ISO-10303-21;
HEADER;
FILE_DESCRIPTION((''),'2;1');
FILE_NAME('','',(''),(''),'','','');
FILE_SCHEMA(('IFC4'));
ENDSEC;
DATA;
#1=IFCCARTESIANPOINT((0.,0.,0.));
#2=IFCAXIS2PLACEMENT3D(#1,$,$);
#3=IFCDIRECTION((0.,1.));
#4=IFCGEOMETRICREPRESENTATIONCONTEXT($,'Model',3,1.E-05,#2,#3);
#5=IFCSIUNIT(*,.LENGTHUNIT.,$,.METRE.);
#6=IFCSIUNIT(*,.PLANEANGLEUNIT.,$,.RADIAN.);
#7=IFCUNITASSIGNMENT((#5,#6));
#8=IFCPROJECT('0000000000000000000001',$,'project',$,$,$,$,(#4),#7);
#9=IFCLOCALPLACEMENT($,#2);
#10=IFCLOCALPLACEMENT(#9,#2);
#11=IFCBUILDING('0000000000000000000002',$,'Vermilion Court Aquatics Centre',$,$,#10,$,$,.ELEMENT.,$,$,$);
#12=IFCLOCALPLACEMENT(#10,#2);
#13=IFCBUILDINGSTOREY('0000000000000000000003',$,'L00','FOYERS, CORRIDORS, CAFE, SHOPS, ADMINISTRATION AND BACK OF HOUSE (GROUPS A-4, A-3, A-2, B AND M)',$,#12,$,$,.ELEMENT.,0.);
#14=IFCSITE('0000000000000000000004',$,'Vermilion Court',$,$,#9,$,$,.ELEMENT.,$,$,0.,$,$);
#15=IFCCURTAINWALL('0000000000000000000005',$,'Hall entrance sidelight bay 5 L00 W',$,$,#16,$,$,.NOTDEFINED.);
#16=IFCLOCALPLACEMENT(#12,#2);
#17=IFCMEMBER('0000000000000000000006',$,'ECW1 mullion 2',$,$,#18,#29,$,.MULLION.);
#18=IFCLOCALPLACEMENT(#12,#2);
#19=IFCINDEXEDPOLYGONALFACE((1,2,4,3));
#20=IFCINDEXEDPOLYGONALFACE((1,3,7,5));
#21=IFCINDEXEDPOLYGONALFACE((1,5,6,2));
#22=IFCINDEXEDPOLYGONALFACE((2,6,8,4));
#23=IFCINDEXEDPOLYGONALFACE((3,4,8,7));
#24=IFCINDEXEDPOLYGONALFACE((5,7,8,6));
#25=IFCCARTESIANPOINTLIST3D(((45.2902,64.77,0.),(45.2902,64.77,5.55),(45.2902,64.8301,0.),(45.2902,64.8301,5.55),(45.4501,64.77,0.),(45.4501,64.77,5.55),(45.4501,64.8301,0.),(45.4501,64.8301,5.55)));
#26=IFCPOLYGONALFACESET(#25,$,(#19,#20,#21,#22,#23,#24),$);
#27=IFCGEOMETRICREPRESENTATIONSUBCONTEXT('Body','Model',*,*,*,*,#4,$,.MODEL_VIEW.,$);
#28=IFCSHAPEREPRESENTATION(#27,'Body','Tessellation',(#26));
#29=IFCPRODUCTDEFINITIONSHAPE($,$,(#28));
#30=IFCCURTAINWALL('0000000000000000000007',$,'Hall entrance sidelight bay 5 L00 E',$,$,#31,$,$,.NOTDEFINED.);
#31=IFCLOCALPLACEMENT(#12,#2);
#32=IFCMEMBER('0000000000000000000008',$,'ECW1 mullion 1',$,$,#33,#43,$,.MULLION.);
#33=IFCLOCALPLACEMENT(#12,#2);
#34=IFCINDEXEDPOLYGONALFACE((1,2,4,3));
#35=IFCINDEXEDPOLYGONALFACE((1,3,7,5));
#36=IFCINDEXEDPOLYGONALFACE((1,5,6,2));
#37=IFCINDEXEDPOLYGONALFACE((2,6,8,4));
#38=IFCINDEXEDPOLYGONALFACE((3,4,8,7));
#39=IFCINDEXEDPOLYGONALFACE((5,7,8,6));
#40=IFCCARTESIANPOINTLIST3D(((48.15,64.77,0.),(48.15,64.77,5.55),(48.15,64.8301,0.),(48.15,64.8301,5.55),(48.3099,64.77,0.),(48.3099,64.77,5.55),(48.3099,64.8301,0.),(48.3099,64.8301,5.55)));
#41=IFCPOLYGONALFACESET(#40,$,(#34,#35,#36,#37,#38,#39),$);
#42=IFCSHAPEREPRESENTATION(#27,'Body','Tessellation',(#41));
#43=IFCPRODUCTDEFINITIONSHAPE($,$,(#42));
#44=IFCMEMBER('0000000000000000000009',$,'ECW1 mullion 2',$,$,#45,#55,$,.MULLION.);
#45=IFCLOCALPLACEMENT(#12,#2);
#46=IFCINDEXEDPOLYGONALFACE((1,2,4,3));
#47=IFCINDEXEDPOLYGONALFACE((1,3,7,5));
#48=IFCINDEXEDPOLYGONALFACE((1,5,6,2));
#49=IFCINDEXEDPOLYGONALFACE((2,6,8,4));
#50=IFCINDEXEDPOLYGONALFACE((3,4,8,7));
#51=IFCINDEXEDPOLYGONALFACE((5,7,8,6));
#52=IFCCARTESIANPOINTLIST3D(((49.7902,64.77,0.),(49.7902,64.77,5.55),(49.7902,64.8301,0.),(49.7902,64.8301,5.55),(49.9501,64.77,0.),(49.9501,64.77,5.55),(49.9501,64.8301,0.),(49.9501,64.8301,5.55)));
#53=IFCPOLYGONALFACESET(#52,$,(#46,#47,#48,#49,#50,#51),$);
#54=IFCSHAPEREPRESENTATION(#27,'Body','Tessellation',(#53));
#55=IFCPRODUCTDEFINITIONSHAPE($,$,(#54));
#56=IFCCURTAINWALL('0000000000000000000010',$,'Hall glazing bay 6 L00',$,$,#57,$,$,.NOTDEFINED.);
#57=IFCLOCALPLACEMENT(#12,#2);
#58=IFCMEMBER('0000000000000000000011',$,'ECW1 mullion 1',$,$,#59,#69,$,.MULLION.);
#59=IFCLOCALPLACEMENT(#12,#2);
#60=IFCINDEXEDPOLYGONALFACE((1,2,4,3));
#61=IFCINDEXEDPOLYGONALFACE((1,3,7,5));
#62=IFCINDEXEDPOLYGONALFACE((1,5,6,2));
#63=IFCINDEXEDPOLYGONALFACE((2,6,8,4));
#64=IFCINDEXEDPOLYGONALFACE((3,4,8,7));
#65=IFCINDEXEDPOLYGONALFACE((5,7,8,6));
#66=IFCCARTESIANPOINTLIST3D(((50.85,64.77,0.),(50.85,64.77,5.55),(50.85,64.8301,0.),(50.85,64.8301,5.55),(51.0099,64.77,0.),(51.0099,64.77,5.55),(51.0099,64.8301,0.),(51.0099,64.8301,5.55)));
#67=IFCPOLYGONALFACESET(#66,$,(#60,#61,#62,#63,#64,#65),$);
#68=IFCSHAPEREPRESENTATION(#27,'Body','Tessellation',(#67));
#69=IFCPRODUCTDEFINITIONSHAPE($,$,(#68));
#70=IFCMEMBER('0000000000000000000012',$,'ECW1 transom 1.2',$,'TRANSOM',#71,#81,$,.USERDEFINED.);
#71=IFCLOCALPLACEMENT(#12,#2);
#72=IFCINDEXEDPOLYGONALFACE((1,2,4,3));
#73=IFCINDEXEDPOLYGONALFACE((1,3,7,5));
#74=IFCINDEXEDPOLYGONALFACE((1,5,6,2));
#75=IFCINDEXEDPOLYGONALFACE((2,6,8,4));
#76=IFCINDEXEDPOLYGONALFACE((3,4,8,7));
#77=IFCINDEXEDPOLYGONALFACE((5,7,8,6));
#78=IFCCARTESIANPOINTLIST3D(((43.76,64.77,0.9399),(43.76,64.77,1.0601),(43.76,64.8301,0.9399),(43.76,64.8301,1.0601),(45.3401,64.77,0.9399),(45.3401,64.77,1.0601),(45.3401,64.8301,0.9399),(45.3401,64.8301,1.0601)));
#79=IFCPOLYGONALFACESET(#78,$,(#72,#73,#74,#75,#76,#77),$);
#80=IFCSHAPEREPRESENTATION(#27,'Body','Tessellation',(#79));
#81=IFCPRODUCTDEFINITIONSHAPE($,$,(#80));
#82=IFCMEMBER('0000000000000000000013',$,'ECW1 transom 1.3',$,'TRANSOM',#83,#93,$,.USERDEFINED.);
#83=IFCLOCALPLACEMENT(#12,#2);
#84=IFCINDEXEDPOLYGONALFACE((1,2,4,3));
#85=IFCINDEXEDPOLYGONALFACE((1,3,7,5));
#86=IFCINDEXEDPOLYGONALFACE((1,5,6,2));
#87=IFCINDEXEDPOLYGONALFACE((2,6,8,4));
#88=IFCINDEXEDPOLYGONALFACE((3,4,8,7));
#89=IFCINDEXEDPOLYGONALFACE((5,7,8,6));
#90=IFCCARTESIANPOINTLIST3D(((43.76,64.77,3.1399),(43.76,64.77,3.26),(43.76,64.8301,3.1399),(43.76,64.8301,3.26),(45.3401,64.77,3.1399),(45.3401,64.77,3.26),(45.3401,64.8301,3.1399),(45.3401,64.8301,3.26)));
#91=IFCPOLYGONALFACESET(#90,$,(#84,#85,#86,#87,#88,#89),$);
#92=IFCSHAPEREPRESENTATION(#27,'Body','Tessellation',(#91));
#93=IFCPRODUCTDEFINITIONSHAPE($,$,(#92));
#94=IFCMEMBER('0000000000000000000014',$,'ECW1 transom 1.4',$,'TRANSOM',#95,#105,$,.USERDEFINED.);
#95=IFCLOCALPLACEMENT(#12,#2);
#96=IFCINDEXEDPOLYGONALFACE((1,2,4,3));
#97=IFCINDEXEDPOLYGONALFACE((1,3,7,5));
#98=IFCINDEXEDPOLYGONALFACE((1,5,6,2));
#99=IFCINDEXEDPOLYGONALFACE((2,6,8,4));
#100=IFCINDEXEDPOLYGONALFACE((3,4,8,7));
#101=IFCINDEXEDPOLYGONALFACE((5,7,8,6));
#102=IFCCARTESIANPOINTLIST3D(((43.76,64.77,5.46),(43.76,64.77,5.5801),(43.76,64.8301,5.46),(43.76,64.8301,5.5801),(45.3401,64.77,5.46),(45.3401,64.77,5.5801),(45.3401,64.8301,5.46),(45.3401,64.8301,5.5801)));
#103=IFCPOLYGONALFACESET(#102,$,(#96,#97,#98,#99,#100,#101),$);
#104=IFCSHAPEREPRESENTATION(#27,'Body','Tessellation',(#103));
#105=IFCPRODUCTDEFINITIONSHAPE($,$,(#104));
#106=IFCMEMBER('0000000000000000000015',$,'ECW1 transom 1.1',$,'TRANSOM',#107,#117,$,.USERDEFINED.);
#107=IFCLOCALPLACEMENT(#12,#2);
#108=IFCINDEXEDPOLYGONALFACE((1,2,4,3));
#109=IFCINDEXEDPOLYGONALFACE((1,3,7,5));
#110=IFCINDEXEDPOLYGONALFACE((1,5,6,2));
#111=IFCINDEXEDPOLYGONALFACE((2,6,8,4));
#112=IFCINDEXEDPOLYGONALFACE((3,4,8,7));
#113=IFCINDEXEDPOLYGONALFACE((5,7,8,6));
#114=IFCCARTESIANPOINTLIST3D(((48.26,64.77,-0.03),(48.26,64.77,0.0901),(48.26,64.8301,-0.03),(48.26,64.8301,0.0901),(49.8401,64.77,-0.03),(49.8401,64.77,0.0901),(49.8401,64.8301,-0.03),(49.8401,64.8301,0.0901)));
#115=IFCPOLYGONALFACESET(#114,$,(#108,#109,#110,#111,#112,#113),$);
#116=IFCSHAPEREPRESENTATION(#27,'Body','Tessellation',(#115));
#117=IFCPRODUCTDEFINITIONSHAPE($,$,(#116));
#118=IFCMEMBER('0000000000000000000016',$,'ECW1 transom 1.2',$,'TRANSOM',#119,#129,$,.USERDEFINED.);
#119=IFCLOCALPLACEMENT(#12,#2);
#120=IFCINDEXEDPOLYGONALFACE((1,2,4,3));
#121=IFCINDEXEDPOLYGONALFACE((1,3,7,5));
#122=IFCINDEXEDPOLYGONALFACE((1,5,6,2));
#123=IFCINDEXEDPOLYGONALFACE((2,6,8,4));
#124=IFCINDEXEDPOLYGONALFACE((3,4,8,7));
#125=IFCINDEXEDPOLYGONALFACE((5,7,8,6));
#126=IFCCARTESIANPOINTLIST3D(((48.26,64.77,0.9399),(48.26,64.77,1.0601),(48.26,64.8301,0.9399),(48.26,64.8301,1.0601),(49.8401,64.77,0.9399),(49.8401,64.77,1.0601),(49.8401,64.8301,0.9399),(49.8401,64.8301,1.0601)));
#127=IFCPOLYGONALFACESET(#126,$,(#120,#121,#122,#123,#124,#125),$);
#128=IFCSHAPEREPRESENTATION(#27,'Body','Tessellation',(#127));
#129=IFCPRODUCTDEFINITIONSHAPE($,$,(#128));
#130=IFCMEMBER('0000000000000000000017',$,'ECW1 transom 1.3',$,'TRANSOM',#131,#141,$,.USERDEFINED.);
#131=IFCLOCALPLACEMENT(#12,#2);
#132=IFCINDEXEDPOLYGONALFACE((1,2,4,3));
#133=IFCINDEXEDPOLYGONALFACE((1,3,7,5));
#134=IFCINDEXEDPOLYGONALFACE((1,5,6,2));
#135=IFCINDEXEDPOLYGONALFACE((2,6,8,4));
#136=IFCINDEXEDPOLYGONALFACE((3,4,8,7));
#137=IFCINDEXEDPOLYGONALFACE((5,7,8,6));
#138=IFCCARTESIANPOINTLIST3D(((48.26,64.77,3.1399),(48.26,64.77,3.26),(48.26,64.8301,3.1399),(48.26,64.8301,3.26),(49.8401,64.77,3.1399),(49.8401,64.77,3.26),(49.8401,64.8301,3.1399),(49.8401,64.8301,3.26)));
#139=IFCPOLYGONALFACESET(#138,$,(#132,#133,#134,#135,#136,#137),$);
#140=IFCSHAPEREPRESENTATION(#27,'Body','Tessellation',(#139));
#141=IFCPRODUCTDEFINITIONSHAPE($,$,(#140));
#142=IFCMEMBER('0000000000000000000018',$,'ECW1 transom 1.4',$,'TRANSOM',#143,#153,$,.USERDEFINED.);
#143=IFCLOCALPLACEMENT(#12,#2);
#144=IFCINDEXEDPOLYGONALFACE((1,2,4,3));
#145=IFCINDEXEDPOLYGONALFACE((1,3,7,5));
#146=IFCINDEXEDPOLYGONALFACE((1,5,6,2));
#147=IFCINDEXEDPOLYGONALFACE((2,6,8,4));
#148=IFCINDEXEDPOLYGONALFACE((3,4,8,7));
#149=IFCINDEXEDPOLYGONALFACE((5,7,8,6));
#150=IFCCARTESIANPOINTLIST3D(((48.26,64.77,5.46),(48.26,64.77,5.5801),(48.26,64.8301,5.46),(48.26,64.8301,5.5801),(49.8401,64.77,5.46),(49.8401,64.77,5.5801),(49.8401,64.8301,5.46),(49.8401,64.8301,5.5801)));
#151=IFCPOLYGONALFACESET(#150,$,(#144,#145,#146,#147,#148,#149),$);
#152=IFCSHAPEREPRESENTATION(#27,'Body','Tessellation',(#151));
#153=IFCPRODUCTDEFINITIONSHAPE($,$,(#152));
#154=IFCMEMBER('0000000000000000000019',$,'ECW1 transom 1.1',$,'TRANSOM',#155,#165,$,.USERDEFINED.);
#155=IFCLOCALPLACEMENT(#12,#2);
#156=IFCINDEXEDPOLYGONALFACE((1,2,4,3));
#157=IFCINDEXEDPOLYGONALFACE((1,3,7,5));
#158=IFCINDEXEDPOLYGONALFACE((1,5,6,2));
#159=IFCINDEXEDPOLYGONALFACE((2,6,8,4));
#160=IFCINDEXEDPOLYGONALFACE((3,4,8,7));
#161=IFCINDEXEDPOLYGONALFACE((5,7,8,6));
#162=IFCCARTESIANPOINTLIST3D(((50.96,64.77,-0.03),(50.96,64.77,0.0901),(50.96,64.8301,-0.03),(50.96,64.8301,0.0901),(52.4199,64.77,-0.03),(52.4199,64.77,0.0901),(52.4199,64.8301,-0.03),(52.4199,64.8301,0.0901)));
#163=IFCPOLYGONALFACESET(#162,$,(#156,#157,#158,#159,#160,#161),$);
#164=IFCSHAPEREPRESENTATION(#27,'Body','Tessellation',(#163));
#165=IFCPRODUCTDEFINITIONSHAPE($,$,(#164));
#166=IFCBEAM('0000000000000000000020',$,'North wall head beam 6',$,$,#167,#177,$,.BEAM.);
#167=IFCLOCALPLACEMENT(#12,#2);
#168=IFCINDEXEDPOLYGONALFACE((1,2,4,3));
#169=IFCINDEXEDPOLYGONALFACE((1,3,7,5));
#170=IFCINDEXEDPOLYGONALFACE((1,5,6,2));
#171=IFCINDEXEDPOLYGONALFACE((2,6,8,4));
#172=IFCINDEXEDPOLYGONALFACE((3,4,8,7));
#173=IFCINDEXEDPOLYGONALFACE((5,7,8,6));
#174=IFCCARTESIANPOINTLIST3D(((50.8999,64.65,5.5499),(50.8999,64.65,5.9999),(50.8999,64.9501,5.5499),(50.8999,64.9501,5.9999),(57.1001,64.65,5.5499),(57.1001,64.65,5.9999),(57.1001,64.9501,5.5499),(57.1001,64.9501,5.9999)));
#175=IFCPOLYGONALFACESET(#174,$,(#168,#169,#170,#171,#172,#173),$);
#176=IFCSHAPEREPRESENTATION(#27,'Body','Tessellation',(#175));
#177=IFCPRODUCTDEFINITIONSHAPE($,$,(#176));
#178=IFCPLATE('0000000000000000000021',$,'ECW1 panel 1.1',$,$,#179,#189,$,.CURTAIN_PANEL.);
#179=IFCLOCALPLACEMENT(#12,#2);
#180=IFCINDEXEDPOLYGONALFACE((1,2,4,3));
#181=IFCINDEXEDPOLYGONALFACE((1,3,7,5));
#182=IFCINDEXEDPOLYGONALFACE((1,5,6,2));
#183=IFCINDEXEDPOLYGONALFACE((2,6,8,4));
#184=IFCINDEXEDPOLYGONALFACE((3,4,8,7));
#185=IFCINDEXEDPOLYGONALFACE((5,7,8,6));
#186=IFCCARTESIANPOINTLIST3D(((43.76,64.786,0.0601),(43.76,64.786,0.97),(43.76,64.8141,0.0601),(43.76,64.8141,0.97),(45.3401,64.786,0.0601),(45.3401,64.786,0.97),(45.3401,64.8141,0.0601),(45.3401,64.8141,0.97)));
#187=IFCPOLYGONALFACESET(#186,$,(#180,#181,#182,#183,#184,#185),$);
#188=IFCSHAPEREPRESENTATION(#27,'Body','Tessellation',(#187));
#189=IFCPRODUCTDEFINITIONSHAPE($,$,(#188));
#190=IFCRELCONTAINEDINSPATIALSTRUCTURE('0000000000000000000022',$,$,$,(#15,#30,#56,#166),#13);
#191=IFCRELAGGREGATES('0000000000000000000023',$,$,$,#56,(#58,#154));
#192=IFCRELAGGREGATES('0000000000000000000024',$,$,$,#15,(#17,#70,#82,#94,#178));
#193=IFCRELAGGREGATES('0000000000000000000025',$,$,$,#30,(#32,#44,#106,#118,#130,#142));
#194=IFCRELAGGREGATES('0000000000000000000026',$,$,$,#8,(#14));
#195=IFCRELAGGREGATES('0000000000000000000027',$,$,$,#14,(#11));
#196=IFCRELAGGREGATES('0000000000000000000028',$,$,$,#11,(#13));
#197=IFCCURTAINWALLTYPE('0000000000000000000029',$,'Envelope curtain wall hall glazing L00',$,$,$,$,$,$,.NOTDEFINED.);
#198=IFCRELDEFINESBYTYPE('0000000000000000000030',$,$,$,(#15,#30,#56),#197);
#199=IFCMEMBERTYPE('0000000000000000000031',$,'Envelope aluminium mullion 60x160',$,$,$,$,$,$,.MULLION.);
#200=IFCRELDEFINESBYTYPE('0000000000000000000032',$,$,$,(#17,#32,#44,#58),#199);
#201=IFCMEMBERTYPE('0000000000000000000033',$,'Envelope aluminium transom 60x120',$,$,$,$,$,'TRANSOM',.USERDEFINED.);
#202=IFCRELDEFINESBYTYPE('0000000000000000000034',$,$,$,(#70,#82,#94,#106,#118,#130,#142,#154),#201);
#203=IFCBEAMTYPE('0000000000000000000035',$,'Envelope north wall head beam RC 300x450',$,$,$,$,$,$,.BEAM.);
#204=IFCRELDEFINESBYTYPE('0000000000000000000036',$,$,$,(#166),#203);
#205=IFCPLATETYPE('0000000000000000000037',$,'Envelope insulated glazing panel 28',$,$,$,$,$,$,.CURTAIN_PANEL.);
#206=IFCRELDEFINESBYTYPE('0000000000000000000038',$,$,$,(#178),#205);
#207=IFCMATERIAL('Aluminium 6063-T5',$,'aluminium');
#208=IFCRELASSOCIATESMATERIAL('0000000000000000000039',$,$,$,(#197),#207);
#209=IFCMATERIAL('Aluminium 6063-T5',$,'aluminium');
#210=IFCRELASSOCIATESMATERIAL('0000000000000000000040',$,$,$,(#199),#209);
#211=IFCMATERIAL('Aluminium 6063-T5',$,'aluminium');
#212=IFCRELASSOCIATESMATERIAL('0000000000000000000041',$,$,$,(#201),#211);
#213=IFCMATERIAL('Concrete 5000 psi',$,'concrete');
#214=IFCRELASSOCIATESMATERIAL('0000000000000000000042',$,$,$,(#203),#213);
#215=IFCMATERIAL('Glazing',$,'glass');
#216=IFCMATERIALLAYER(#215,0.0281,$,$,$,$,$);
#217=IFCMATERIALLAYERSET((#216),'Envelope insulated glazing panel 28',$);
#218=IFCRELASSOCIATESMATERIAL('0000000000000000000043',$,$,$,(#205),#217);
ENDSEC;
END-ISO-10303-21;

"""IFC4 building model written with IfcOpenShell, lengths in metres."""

from ifc_helpers import new_model, si_unit, direction, frame, origin, origin_2d, place, context, subcontext, project, spatial, rectangle, extrude, material, layer, layer_set, material_profile, profile_set, type_object, element, aggregate, save


model = new_model("IFC4")

# Units and contexts
model_context = context("Model", 3, precision=1e-05, world=origin(), true_north=direction((0.0, 1.0)))
body_context = subcontext(model_context, "Body", "Model", "MODEL_VIEW")
ifc_project = project(units=[si_unit("LENGTHUNIT", "METRE"), si_unit("PLANEANGLEUNIT", "RADIAN")], contexts=[model_context])

# Site, building, storey
site_placement = place(None, origin())
site = spatial("IfcSite", under=ifc_project, at=site_placement, Name="Vermilion Court", CompositionType="ELEMENT", RefElevation=0.0)
building_placement = place(site_placement, origin())
building = spatial("IfcBuilding", under=site, at=building_placement, Name="Vermilion Court Aquatics Centre", CompositionType="ELEMENT")
storey_placement = place(building_placement, origin())
storey = spatial("IfcBuildingStorey", under=building, at=storey_placement, Name="L00", Description="FOYERS, CORRIDORS, CAFE, SHOPS, ADMINISTRATION AND BACK OF HOUSE (GROUPS A-4, A-3, A-2, B AND M)", CompositionType="ELEMENT", Elevation=0.0)

# Curtain wall, member
ifc_material_1 = material(Name="Aluminium 6063-T5", Category="aluminium")
curtain_wall_type = type_object("IfcCurtainWallType", Name="Envelope curtain wall hall glazing L00", PredefinedType="NOTDEFINED", material=ifc_material_1)
curtain_wall_1_placement = place(storey_placement, origin())
curtain_wall_1 = element("IfcCurtainWall", 1, at=curtain_wall_1_placement, inside=storey, type_object=curtain_wall_type, Name="Hall entrance sidelight bay 5 L00 W", PredefinedType="NOTDEFINED")
ifc_material_2 = material(Name="Aluminium 6063-T5", Category="aluminium")
ifc_material_profile_1 = material_profile(ifc_material_2, rectangle(XDim=0.0601, YDim=0.1599, at=origin_2d()), Name="AL 60x160")
ifc_profile_set_1 = profile_set([ifc_material_profile_1], Name="Aluminium 6063-T5")
member_type_1 = type_object("IfcMemberType", Name="Envelope aluminium mullion 60x160", PredefinedType="MULLION", material=ifc_profile_set_1)
member_1_placement = place(storey_placement, frame((45.3701, 64.8, 0.0), z_axis=(0.0, 0.0, 1.0), x_axis=(0.0, 1.0, 0.0)))
member_1 = element("IfcMember", 2, at=member_1_placement, type_object=member_type_1, Name="ECW1 mullion 2", PredefinedType="MULLION", context=body_context, shape_type="SweptSolid", body=[
    extrude(rectangle(XDim=0.0601, YDim=0.1599, at=origin_2d()), origin(), (0.0, 0.0, 1.0), 5.55),
])

# Curtain wall, members
curtain_wall_2_placement = place(storey_placement, origin())
curtain_wall_2 = element("IfcCurtainWall", 3, at=curtain_wall_2_placement, inside=storey, type_object=curtain_wall_type, Name="Hall entrance sidelight bay 5 L00 E", PredefinedType="NOTDEFINED")
member_2_placement = place(storey_placement, frame((48.23, 64.8, 0.0), z_axis=(0.0, 0.0, 1.0), x_axis=(0.0, 1.0, 0.0)))
member_2 = element("IfcMember", 4, at=member_2_placement, type_object=member_type_1, Name="ECW1 mullion 1", PredefinedType="MULLION", context=body_context, shape_type="SweptSolid", body=[
    extrude(rectangle(XDim=0.0601, YDim=0.1599, at=origin_2d()), origin(), (0.0, 0.0, 1.0), 5.55),
])
member_3_placement = place(storey_placement, frame((49.8701, 64.8, 0.0), z_axis=(0.0, 0.0, 1.0), x_axis=(0.0, 1.0, 0.0)))
member_3 = element("IfcMember", 5, at=member_3_placement, type_object=member_type_1, Name="ECW1 mullion 2", PredefinedType="MULLION", context=body_context, shape_type="SweptSolid", body=[
    extrude(rectangle(XDim=0.0601, YDim=0.1599, at=origin_2d()), origin(), (0.0, 0.0, 1.0), 5.55),
])

# Curtain wall, member
curtain_wall_3_placement = place(storey_placement, origin())
curtain_wall_3 = element("IfcCurtainWall", 6, at=curtain_wall_3_placement, inside=storey, type_object=curtain_wall_type, Name="Hall glazing bay 6 L00", PredefinedType="NOTDEFINED")
member_4_placement = place(storey_placement, frame((50.9299, 64.8, 0.0), z_axis=(0.0, 0.0, 1.0), x_axis=(0.0, 1.0, 0.0)))
member_4 = element("IfcMember", 7, at=member_4_placement, type_object=member_type_1, Name="ECW1 mullion 1", PredefinedType="MULLION", context=body_context, shape_type="SweptSolid", body=[
    extrude(rectangle(XDim=0.0601, YDim=0.1599, at=origin_2d()), origin(), (0.0, 0.0, 1.0), 5.55),
])

# Members
ifc_material_3 = material(Name="Aluminium 6063-T5", Category="aluminium")
ifc_material_profile_2 = material_profile(ifc_material_3, rectangle(XDim=0.0601, YDim=0.1201, at=origin_2d()), Name="AL 60x120")
ifc_profile_set_2 = profile_set([ifc_material_profile_2], Name="Aluminium 6063-T5")
member_type_2 = type_object("IfcMemberType", Name="Envelope aluminium transom 60x120", ElementType="TRANSOM", PredefinedType="USERDEFINED", material=ifc_profile_set_2)
member_5_placement = place(storey_placement, frame((43.76, 64.8, 1.0), z_axis=(1.0, 0.0, 0.0), x_axis=(0.0, 1.0, 0.0)))
member_5 = element("IfcMember", 8, at=member_5_placement, type_object=member_type_2, Name="ECW1 transom 1.2", ObjectType="TRANSOM", PredefinedType="USERDEFINED", context=body_context, shape_type="SweptSolid", body=[
    extrude(rectangle(XDim=0.0601, YDim=0.1201, at=origin_2d()), origin(), (0.0, 0.0, 1.0), 1.5801),
])
member_6_placement = place(storey_placement, frame((43.76, 64.8, 3.2), z_axis=(1.0, 0.0, 0.0), x_axis=(0.0, 1.0, 0.0)))
member_6 = element("IfcMember", 9, at=member_6_placement, type_object=member_type_2, Name="ECW1 transom 1.3", ObjectType="TRANSOM", PredefinedType="USERDEFINED", context=body_context, shape_type="SweptSolid", body=[
    extrude(rectangle(XDim=0.0601, YDim=0.1201, at=origin_2d()), origin(), (0.0, 0.0, 1.0), 1.5801),
])
member_7_placement = place(storey_placement, frame((43.76, 64.8, 5.52), z_axis=(1.0, 0.0, 0.0), x_axis=(0.0, 1.0, 0.0)))
member_7 = element("IfcMember", 10, at=member_7_placement, type_object=member_type_2, Name="ECW1 transom 1.4", ObjectType="TRANSOM", PredefinedType="USERDEFINED", context=body_context, shape_type="SweptSolid", body=[
    extrude(rectangle(XDim=0.0601, YDim=0.1201, at=origin_2d()), origin(), (0.0, 0.0, 1.0), 1.5801),
])
member_8_placement = place(storey_placement, frame((48.26, 64.8, 0.03), z_axis=(1.0, 0.0, 0.0), x_axis=(0.0, 1.0, 0.0)))
member_8 = element("IfcMember", 11, at=member_8_placement, type_object=member_type_2, Name="ECW1 transom 1.1", ObjectType="TRANSOM", PredefinedType="USERDEFINED", context=body_context, shape_type="SweptSolid", body=[
    extrude(rectangle(XDim=0.0601, YDim=0.1201, at=origin_2d()), origin(), (0.0, 0.0, 1.0), 1.5801),
])
member_9_placement = place(storey_placement, frame((48.26, 64.8, 1.0), z_axis=(1.0, 0.0, 0.0), x_axis=(0.0, 1.0, 0.0)))
member_9 = element("IfcMember", 12, at=member_9_placement, type_object=member_type_2, Name="ECW1 transom 1.2", ObjectType="TRANSOM", PredefinedType="USERDEFINED", context=body_context, shape_type="SweptSolid", body=[
    extrude(rectangle(XDim=0.0601, YDim=0.1201, at=origin_2d()), origin(), (0.0, 0.0, 1.0), 1.5801),
])
member_10_placement = place(storey_placement, frame((48.26, 64.8, 3.2), z_axis=(1.0, 0.0, 0.0), x_axis=(0.0, 1.0, 0.0)))
member_10 = element("IfcMember", 13, at=member_10_placement, type_object=member_type_2, Name="ECW1 transom 1.3", ObjectType="TRANSOM", PredefinedType="USERDEFINED", context=body_context, shape_type="SweptSolid", body=[
    extrude(rectangle(XDim=0.0601, YDim=0.1201, at=origin_2d()), origin(), (0.0, 0.0, 1.0), 1.5801),
])
member_11_placement = place(storey_placement, frame((48.26, 64.8, 5.52), z_axis=(1.0, 0.0, 0.0), x_axis=(0.0, 1.0, 0.0)))
member_11 = element("IfcMember", 14, at=member_11_placement, type_object=member_type_2, Name="ECW1 transom 1.4", ObjectType="TRANSOM", PredefinedType="USERDEFINED", context=body_context, shape_type="SweptSolid", body=[
    extrude(rectangle(XDim=0.0601, YDim=0.1201, at=origin_2d()), origin(), (0.0, 0.0, 1.0), 1.5801),
])
member_12_placement = place(storey_placement, frame((50.96, 64.8, 0.03), z_axis=(1.0, 0.0, 0.0), x_axis=(0.0, 1.0, 0.0)))
member_12 = element("IfcMember", 15, at=member_12_placement, type_object=member_type_2, Name="ECW1 transom 1.1", ObjectType="TRANSOM", PredefinedType="USERDEFINED", context=body_context, shape_type="SweptSolid", body=[
    extrude(rectangle(XDim=0.0601, YDim=0.1201, at=origin_2d()), origin(), (0.0, 0.0, 1.0), 1.46),
])
aggregate(curtain_wall_3, [member_4, member_12])

# Beam
ifc_material_4 = material(Name="Concrete 5000 psi", Category="concrete")
ifc_material_profile_3 = material_profile(ifc_material_4, rectangle(XDim=0.3, YDim=0.45, at=origin_2d()), Name="RC 300x450")
ifc_profile_set_3 = profile_set([ifc_material_profile_3], Name="Concrete 5000 psi")
beam_type = type_object("IfcBeamType", Name="Envelope north wall head beam RC 300x450", PredefinedType="BEAM", material=ifc_profile_set_3)
beam_placement = place(storey_placement, frame((50.8999, 64.8, 5.7749), z_axis=(1.0, 0.0, 0.0), x_axis=(0.0, 1.0, 0.0)))
element("IfcBeam", 16, at=beam_placement, inside=storey, type_object=beam_type, Name="North wall head beam 6", PredefinedType="BEAM", context=body_context, shape_type="SweptSolid", body=[
    extrude(rectangle(XDim=0.3, YDim=0.45, at=origin_2d()), origin(), (0.0, 0.0, 1.0), 6.2002),
])

# Plate
ifc_material_5 = material(Name="Glazing", Category="glass")
ifc_layer_1 = layer(ifc_material_5, 0.0281)
ifc_layer_set_1 = layer_set([ifc_layer_1], Name="Envelope insulated glazing panel 28")
plate_type = type_object("IfcPlateType", Name="Envelope insulated glazing panel 28", PredefinedType="CURTAIN_PANEL", material=ifc_layer_set_1)
plate_1_placement = place(storey_placement, frame((44.55, 64.8, 0.0601), z_axis=(0.0, 0.0, 1.0), x_axis=(1.0, 0.0, 0.0)))
plate_1 = element("IfcPlate", 17, at=plate_1_placement, type_object=plate_type, Name="ECW1 panel 1.1", PredefinedType="CURTAIN_PANEL", context=body_context, shape_type="SweptSolid", body=[
    extrude(rectangle(XDim=1.5801, YDim=0.0281, at=origin_2d()), origin(), (0.0, 0.0, 1.0), 0.9099),
])
aggregate(curtain_wall_1, [member_1, member_5, member_6, member_7, plate_1])
aggregate(curtain_wall_2, [member_2, member_3, member_8, member_9, member_10, member_11])

save(model, "model.ifc")
